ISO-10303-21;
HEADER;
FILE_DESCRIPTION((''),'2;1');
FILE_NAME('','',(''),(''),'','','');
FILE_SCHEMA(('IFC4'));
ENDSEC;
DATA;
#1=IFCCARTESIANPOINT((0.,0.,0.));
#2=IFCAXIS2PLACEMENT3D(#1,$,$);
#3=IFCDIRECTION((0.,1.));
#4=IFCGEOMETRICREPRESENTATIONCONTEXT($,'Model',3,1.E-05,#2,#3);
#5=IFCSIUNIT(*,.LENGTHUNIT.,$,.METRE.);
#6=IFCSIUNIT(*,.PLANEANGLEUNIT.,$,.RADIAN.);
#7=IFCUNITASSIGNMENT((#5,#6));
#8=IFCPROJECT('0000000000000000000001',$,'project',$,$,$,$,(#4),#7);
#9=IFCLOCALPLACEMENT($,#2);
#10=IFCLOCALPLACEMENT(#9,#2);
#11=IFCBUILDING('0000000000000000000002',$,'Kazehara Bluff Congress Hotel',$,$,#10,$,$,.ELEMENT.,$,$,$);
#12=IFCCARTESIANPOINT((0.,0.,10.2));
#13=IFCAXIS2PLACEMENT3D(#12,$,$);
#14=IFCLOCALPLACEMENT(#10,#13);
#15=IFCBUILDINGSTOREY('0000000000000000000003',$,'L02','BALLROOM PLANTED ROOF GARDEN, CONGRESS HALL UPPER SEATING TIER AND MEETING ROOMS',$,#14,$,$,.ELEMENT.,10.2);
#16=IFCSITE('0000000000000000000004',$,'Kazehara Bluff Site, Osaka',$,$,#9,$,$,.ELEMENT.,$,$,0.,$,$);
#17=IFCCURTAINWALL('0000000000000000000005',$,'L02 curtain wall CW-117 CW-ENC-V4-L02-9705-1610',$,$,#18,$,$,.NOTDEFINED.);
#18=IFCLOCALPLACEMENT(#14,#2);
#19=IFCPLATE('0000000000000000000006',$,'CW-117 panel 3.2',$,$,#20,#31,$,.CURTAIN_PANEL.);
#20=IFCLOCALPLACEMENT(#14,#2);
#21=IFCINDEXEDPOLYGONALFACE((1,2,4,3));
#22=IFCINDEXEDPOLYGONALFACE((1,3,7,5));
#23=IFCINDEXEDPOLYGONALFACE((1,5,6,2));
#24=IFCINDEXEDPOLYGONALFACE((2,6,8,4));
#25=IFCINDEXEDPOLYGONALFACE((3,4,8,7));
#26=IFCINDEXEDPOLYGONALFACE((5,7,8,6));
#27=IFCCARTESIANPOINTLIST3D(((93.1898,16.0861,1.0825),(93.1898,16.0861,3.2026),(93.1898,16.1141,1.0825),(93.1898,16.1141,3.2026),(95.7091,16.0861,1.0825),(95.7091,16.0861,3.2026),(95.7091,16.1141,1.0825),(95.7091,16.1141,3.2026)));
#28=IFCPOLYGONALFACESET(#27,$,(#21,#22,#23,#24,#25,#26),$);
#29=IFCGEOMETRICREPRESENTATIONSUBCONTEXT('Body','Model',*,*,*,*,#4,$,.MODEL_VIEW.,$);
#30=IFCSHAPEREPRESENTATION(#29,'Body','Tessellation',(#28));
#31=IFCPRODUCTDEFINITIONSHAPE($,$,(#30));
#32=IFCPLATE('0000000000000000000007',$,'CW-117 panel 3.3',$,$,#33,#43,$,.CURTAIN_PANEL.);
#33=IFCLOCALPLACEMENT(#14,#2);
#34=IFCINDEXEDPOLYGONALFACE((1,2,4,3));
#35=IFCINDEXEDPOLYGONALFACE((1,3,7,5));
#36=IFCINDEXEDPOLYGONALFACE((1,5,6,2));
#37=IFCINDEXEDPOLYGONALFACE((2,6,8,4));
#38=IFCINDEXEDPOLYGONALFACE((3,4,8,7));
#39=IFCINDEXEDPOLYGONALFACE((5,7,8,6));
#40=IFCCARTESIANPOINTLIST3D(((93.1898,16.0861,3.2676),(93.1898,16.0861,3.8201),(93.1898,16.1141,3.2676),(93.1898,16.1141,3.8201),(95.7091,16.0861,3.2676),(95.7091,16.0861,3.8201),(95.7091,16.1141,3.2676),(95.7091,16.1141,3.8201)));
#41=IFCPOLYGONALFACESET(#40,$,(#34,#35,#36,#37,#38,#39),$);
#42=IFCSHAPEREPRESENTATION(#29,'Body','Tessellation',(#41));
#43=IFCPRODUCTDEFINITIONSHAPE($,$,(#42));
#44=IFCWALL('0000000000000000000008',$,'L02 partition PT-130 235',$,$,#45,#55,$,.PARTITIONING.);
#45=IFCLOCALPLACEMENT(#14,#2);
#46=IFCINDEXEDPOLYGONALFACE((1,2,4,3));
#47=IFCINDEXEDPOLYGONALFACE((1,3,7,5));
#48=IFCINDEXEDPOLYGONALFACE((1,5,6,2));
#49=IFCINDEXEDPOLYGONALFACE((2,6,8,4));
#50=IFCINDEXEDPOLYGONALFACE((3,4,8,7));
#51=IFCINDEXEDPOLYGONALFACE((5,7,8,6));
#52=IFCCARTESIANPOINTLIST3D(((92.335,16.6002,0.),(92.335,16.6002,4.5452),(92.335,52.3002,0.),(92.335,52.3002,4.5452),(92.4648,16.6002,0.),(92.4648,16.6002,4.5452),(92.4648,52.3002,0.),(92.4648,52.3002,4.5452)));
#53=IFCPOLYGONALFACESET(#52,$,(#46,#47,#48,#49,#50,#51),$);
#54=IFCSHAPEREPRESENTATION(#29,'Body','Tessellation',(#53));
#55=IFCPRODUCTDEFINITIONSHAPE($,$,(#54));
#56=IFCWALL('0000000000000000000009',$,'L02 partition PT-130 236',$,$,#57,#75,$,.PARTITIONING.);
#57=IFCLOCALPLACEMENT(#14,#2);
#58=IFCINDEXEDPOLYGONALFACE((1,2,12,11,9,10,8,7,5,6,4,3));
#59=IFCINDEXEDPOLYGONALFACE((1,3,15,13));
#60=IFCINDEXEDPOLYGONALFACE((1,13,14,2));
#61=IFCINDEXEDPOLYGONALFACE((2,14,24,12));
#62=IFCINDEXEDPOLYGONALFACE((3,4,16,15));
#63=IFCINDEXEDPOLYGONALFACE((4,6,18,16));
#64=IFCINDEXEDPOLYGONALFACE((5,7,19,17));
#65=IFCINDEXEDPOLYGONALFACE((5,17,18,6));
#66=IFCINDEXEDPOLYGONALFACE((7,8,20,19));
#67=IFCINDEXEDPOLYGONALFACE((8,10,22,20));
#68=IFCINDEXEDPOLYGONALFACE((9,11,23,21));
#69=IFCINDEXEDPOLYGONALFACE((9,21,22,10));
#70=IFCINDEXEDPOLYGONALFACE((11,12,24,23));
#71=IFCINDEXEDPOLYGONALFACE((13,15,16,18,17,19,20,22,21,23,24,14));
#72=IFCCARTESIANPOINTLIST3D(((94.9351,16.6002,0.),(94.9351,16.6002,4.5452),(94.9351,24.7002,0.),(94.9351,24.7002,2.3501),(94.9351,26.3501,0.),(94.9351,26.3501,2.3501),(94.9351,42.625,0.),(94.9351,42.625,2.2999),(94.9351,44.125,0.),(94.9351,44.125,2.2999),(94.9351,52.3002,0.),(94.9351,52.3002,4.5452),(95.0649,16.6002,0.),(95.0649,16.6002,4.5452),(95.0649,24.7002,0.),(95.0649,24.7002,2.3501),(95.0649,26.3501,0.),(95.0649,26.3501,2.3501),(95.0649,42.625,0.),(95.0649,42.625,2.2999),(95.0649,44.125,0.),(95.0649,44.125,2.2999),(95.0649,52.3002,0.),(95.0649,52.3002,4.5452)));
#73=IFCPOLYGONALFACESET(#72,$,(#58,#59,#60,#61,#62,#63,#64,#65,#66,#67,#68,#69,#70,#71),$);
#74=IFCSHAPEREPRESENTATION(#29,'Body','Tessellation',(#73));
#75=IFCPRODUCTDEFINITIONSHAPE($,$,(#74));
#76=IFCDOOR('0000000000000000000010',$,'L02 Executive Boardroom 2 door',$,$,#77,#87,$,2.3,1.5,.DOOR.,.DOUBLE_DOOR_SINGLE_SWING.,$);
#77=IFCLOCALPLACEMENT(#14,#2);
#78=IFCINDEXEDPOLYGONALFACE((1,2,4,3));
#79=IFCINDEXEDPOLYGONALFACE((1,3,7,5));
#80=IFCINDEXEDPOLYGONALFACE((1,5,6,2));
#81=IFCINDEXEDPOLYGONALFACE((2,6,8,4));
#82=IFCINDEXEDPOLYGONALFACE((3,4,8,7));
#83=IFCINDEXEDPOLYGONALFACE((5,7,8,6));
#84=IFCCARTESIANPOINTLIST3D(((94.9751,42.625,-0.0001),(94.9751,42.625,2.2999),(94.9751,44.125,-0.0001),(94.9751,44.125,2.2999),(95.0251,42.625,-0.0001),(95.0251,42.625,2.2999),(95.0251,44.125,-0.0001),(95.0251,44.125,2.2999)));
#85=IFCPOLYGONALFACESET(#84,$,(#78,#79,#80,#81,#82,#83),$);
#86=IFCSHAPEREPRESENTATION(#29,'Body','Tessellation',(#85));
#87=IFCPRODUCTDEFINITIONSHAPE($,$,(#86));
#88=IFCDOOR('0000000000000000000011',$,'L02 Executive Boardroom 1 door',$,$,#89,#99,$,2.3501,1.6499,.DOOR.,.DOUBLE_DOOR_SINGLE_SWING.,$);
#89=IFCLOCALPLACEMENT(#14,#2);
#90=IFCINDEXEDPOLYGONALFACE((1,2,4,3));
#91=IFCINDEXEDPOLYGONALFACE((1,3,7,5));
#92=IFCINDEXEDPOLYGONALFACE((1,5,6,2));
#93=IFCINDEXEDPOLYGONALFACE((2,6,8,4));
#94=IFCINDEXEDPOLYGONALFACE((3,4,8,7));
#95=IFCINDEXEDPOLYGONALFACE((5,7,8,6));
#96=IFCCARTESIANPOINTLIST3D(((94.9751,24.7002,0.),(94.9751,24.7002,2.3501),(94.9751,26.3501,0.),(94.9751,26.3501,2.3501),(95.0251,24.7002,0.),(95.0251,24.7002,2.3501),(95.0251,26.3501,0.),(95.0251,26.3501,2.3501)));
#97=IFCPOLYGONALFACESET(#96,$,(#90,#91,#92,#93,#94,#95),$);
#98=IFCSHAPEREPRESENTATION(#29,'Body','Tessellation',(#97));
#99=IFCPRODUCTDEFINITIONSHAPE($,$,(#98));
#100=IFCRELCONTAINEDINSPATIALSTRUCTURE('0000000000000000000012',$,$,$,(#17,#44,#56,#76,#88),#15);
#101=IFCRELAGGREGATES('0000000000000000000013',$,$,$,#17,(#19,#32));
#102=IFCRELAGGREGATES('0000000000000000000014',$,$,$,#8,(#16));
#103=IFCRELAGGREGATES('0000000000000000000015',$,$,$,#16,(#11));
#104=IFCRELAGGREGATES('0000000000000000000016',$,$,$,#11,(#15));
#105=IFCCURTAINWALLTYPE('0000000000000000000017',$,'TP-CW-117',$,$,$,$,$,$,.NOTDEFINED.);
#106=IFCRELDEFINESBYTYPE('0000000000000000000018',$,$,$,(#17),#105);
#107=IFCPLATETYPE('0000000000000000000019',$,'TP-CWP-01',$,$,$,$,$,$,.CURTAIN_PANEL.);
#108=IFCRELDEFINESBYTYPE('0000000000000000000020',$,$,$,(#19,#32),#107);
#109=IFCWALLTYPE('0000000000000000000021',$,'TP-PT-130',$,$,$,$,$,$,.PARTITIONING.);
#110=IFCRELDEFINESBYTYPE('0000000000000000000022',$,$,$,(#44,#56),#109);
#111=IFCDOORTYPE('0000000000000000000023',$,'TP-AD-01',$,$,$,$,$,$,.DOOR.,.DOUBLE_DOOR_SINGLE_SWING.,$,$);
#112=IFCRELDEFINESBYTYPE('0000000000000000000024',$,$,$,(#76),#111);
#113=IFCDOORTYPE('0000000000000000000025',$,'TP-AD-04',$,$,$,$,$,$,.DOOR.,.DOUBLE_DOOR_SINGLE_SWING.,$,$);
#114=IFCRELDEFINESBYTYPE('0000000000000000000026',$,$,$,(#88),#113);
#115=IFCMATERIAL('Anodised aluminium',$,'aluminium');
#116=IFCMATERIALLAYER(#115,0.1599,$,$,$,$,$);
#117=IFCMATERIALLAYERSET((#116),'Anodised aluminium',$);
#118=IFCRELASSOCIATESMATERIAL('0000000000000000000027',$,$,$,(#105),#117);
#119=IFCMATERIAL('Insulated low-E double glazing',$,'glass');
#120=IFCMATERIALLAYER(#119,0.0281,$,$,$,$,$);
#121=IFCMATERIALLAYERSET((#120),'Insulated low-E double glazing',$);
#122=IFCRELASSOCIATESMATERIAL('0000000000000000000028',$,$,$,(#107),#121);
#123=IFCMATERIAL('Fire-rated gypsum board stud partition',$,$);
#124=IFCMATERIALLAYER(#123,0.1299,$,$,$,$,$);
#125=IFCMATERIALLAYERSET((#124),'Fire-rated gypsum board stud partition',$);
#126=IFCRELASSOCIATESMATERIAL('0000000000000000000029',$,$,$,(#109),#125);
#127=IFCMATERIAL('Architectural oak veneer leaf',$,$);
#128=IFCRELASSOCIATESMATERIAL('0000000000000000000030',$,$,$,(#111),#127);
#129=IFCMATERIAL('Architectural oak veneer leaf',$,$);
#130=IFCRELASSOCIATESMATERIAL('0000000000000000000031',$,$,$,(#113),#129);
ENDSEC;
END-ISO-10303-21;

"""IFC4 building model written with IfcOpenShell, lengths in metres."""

from ifc_helpers import new_model, si_unit, direction, frame, frame_2d, origin, origin_2d, place, context, subcontext, project, spatial, rectangle, extrude, material, layer, layer_set, type_object, element, fill, aggregate, save


model = new_model("IFC4")

# Units and contexts
model_context = context("Model", 3, precision=1e-05, world=origin(), true_north=direction((0.0, 1.0)))
body_context = subcontext(model_context, "Body", "Model", "MODEL_VIEW")
ifc_project = project(units=[si_unit("LENGTHUNIT", "METRE"), si_unit("PLANEANGLEUNIT", "RADIAN")], contexts=[model_context])

# Site, building, storey
site_placement = place(None, origin())
site = spatial("IfcSite", under=ifc_project, at=site_placement, Name="Kazehara Bluff Site, Osaka", CompositionType="ELEMENT", RefElevation=0.0)
building_placement = place(site_placement, origin())
building = spatial("IfcBuilding", under=site, at=building_placement, Name="Kazehara Bluff Congress Hotel", CompositionType="ELEMENT")
storey_placement = place(building_placement, frame((0.0, 0.0, 10.2)))
storey = spatial("IfcBuildingStorey", under=building, at=storey_placement, Name="L02", Description="BALLROOM PLANTED ROOF GARDEN, CONGRESS HALL UPPER SEATING TIER AND MEETING ROOMS", CompositionType="ELEMENT", Elevation=10.2)

# Shared definitions
ifc_material_1 = material(Name="Anodised aluminium", Category="aluminium")
ifc_layer_1 = layer(ifc_material_1, 0.1599)
ifc_layer_set_1 = layer_set([ifc_layer_1], Name="Anodised aluminium")
curtain_wall_type = type_object("IfcCurtainWallType", Name="TP-CW-117", PredefinedType="NOTDEFINED", material=ifc_layer_set_1)

# Curtain wall
curtain_wall_1_placement = place(storey_placement, origin())
curtain_wall_1 = element("IfcCurtainWall", 1, at=curtain_wall_1_placement, inside=storey, type_object=curtain_wall_type, Name="L02 curtain wall CW-117 CW-ENC-V4-L02-9705-1610", PredefinedType="NOTDEFINED")

# Plates
ifc_material_2 = material(Name="Insulated low-E double glazing", Category="glass")
ifc_layer_2 = layer(ifc_material_2, 0.0281)
ifc_layer_set_2 = layer_set([ifc_layer_2], Name="Insulated low-E double glazing")
plate_type = type_object("IfcPlateType", Name="TP-CWP-01", PredefinedType="CURTAIN_PANEL", material=ifc_layer_set_2)
plate_1_placement = place(storey_placement, frame((94.4495, 16.1001, 1.0825), z_axis=(0.0, 0.0, 1.0), x_axis=(-1.0, 0.0, 0.0)))
plate_1 = element("IfcPlate", 2, at=plate_1_placement, type_object=plate_type, Name="CW-117 panel 3.2", PredefinedType="CURTAIN_PANEL", context=body_context, shape_type="SweptSolid", body=[
    extrude(rectangle(XDim=2.5193, YDim=0.0281, at=origin_2d()), origin(), (0.0, 0.0, 1.0), 2.1201),
])
plate_2_placement = place(storey_placement, frame((94.4495, 16.1001, 3.2676), z_axis=(0.0, 0.0, 1.0), x_axis=(-1.0, 0.0, 0.0)))
plate_2 = element("IfcPlate", 3, at=plate_2_placement, type_object=plate_type, Name="CW-117 panel 3.3", PredefinedType="CURTAIN_PANEL", context=body_context, shape_type="SweptSolid", body=[
    extrude(rectangle(XDim=2.5193, YDim=0.0281, at=origin_2d()), origin(), (0.0, 0.0, 1.0), 0.5525),
])
aggregate(curtain_wall_1, [plate_1, plate_2])

# Wall
ifc_material_3 = material(Name="Fire-rated gypsum board stud partition")
ifc_layer_3 = layer(ifc_material_3, 0.1299)
ifc_layer_set_3 = layer_set([ifc_layer_3], Name="Fire-rated gypsum board stud partition")
wall_type = type_object("IfcWallType", Name="TP-PT-130", PredefinedType="PARTITIONING", material=ifc_layer_set_3)
wall_1_placement = place(storey_placement, frame((92.3999, 16.6001, 0.0), z_axis=(0.0, 0.0, 1.0), x_axis=(0.0, 1.0, 0.0)))
element("IfcWall", 4, at=wall_1_placement, inside=storey, type_object=wall_type, Name="L02 partition PT-130 235", PredefinedType="PARTITIONING", context=body_context, shape_type="SweptSolid", body=[
    extrude(rectangle(XDim=35.7, YDim=0.1299, at=frame_2d((17.8501, 0.0))), origin(), (0.0, 0.0, 1.0), 4.5452),
])

# Wall, openings, doors
wall_2_placement = place(storey_placement, frame((95.0, 16.6001, 0.0), z_axis=(0.0, 0.0, 1.0), x_axis=(0.0, 1.0, 0.0)))
wall_2 = element("IfcWall", 5, at=wall_2_placement, inside=storey, type_object=wall_type, Name="L02 partition PT-130 236", PredefinedType="PARTITIONING", context=body_context, shape_type="SweptSolid", body=[
    extrude(rectangle(XDim=35.7, YDim=0.1299, at=frame_2d((17.8501, 0.0))), origin(), (0.0, 0.0, 1.0), 4.5452),
])
opening_1_placement = place(wall_2_placement, frame((8.1001, 0.0, 0.0)))
opening_1 = element("IfcOpeningElement", 6, at=opening_1_placement, cuts=wall_2, PredefinedType="OPENING", context=body_context, shape_type="SweptSolid", body=[
    extrude(rectangle(XDim=1.6499, YDim=2.3501, at=frame_2d((0.825, 1.175))), frame((0.0, 0.075, 0.0), z_axis=(0.0, -1.0, 0.0), x_axis=(1.0, 0.0, 0.0)), (0.0, 0.0, 1.0), 0.1499),
])
opening_2_placement = place(wall_2_placement, frame((26.0249, 0.0, 0.0)))
opening_2 = element("IfcOpeningElement", 7, at=opening_2_placement, cuts=wall_2, PredefinedType="OPENING", context=body_context, shape_type="SweptSolid", body=[
    extrude(rectangle(XDim=1.5, YDim=2.3, at=frame_2d((0.75, 1.1499))), frame((0.0, 0.075, 0.0), z_axis=(0.0, -1.0, 0.0), x_axis=(1.0, 0.0, 0.0)), (0.0, 0.0, 1.0), 0.1499),
])
ifc_material_4 = material(Name="Architectural oak veneer leaf")
door_type_1 = type_object("IfcDoorType", Name="TP-AD-01", OperationType="DOUBLE_DOOR_SINGLE_SWING", PredefinedType="DOOR", material=ifc_material_4)
door_1_placement = place(opening_2_placement, origin())
door_1 = element("IfcDoor", 8, at=door_1_placement, inside=storey, type_object=door_type_1, Name="L02 Executive Boardroom 2 door", OperationType="DOUBLE_DOOR_SINGLE_SWING", OverallHeight=2.3, OverallWidth=1.5, PredefinedType="DOOR", context=body_context, shape_type="SweptSolid", body=[
    extrude(rectangle(XDim=1.5, YDim=2.3, at=frame_2d((0.75, 1.1499))), frame((0.0, 0.0249, 0.0), z_axis=(0.0, -1.0, 0.0), x_axis=(1.0, 0.0, 0.0)), (0.0, 0.0, 1.0), 0.05),
])
fill(opening_2, door_1)
ifc_material_5 = material(Name="Architectural oak veneer leaf")
door_type_2 = type_object("IfcDoorType", Name="TP-AD-04", OperationType="DOUBLE_DOOR_SINGLE_SWING", PredefinedType="DOOR", material=ifc_material_5)
door_2_placement = place(opening_1_placement, origin())
door_2 = element("IfcDoor", 9, at=door_2_placement, inside=storey, type_object=door_type_2, Name="L02 Executive Boardroom 1 door", OperationType="DOUBLE_DOOR_SINGLE_SWING", OverallHeight=2.3501, OverallWidth=1.6499, PredefinedType="DOOR", context=body_context, shape_type="SweptSolid", body=[
    extrude(rectangle(XDim=1.6499, YDim=2.3501, at=frame_2d((0.825, 1.175))), frame((0.0, 0.0249, 0.0), z_axis=(0.0, -1.0, 0.0), x_axis=(1.0, 0.0, 0.0)), (0.0, 0.0, 1.0), 0.05),
])
fill(opening_1, door_2)

save(model, "model.ifc")
